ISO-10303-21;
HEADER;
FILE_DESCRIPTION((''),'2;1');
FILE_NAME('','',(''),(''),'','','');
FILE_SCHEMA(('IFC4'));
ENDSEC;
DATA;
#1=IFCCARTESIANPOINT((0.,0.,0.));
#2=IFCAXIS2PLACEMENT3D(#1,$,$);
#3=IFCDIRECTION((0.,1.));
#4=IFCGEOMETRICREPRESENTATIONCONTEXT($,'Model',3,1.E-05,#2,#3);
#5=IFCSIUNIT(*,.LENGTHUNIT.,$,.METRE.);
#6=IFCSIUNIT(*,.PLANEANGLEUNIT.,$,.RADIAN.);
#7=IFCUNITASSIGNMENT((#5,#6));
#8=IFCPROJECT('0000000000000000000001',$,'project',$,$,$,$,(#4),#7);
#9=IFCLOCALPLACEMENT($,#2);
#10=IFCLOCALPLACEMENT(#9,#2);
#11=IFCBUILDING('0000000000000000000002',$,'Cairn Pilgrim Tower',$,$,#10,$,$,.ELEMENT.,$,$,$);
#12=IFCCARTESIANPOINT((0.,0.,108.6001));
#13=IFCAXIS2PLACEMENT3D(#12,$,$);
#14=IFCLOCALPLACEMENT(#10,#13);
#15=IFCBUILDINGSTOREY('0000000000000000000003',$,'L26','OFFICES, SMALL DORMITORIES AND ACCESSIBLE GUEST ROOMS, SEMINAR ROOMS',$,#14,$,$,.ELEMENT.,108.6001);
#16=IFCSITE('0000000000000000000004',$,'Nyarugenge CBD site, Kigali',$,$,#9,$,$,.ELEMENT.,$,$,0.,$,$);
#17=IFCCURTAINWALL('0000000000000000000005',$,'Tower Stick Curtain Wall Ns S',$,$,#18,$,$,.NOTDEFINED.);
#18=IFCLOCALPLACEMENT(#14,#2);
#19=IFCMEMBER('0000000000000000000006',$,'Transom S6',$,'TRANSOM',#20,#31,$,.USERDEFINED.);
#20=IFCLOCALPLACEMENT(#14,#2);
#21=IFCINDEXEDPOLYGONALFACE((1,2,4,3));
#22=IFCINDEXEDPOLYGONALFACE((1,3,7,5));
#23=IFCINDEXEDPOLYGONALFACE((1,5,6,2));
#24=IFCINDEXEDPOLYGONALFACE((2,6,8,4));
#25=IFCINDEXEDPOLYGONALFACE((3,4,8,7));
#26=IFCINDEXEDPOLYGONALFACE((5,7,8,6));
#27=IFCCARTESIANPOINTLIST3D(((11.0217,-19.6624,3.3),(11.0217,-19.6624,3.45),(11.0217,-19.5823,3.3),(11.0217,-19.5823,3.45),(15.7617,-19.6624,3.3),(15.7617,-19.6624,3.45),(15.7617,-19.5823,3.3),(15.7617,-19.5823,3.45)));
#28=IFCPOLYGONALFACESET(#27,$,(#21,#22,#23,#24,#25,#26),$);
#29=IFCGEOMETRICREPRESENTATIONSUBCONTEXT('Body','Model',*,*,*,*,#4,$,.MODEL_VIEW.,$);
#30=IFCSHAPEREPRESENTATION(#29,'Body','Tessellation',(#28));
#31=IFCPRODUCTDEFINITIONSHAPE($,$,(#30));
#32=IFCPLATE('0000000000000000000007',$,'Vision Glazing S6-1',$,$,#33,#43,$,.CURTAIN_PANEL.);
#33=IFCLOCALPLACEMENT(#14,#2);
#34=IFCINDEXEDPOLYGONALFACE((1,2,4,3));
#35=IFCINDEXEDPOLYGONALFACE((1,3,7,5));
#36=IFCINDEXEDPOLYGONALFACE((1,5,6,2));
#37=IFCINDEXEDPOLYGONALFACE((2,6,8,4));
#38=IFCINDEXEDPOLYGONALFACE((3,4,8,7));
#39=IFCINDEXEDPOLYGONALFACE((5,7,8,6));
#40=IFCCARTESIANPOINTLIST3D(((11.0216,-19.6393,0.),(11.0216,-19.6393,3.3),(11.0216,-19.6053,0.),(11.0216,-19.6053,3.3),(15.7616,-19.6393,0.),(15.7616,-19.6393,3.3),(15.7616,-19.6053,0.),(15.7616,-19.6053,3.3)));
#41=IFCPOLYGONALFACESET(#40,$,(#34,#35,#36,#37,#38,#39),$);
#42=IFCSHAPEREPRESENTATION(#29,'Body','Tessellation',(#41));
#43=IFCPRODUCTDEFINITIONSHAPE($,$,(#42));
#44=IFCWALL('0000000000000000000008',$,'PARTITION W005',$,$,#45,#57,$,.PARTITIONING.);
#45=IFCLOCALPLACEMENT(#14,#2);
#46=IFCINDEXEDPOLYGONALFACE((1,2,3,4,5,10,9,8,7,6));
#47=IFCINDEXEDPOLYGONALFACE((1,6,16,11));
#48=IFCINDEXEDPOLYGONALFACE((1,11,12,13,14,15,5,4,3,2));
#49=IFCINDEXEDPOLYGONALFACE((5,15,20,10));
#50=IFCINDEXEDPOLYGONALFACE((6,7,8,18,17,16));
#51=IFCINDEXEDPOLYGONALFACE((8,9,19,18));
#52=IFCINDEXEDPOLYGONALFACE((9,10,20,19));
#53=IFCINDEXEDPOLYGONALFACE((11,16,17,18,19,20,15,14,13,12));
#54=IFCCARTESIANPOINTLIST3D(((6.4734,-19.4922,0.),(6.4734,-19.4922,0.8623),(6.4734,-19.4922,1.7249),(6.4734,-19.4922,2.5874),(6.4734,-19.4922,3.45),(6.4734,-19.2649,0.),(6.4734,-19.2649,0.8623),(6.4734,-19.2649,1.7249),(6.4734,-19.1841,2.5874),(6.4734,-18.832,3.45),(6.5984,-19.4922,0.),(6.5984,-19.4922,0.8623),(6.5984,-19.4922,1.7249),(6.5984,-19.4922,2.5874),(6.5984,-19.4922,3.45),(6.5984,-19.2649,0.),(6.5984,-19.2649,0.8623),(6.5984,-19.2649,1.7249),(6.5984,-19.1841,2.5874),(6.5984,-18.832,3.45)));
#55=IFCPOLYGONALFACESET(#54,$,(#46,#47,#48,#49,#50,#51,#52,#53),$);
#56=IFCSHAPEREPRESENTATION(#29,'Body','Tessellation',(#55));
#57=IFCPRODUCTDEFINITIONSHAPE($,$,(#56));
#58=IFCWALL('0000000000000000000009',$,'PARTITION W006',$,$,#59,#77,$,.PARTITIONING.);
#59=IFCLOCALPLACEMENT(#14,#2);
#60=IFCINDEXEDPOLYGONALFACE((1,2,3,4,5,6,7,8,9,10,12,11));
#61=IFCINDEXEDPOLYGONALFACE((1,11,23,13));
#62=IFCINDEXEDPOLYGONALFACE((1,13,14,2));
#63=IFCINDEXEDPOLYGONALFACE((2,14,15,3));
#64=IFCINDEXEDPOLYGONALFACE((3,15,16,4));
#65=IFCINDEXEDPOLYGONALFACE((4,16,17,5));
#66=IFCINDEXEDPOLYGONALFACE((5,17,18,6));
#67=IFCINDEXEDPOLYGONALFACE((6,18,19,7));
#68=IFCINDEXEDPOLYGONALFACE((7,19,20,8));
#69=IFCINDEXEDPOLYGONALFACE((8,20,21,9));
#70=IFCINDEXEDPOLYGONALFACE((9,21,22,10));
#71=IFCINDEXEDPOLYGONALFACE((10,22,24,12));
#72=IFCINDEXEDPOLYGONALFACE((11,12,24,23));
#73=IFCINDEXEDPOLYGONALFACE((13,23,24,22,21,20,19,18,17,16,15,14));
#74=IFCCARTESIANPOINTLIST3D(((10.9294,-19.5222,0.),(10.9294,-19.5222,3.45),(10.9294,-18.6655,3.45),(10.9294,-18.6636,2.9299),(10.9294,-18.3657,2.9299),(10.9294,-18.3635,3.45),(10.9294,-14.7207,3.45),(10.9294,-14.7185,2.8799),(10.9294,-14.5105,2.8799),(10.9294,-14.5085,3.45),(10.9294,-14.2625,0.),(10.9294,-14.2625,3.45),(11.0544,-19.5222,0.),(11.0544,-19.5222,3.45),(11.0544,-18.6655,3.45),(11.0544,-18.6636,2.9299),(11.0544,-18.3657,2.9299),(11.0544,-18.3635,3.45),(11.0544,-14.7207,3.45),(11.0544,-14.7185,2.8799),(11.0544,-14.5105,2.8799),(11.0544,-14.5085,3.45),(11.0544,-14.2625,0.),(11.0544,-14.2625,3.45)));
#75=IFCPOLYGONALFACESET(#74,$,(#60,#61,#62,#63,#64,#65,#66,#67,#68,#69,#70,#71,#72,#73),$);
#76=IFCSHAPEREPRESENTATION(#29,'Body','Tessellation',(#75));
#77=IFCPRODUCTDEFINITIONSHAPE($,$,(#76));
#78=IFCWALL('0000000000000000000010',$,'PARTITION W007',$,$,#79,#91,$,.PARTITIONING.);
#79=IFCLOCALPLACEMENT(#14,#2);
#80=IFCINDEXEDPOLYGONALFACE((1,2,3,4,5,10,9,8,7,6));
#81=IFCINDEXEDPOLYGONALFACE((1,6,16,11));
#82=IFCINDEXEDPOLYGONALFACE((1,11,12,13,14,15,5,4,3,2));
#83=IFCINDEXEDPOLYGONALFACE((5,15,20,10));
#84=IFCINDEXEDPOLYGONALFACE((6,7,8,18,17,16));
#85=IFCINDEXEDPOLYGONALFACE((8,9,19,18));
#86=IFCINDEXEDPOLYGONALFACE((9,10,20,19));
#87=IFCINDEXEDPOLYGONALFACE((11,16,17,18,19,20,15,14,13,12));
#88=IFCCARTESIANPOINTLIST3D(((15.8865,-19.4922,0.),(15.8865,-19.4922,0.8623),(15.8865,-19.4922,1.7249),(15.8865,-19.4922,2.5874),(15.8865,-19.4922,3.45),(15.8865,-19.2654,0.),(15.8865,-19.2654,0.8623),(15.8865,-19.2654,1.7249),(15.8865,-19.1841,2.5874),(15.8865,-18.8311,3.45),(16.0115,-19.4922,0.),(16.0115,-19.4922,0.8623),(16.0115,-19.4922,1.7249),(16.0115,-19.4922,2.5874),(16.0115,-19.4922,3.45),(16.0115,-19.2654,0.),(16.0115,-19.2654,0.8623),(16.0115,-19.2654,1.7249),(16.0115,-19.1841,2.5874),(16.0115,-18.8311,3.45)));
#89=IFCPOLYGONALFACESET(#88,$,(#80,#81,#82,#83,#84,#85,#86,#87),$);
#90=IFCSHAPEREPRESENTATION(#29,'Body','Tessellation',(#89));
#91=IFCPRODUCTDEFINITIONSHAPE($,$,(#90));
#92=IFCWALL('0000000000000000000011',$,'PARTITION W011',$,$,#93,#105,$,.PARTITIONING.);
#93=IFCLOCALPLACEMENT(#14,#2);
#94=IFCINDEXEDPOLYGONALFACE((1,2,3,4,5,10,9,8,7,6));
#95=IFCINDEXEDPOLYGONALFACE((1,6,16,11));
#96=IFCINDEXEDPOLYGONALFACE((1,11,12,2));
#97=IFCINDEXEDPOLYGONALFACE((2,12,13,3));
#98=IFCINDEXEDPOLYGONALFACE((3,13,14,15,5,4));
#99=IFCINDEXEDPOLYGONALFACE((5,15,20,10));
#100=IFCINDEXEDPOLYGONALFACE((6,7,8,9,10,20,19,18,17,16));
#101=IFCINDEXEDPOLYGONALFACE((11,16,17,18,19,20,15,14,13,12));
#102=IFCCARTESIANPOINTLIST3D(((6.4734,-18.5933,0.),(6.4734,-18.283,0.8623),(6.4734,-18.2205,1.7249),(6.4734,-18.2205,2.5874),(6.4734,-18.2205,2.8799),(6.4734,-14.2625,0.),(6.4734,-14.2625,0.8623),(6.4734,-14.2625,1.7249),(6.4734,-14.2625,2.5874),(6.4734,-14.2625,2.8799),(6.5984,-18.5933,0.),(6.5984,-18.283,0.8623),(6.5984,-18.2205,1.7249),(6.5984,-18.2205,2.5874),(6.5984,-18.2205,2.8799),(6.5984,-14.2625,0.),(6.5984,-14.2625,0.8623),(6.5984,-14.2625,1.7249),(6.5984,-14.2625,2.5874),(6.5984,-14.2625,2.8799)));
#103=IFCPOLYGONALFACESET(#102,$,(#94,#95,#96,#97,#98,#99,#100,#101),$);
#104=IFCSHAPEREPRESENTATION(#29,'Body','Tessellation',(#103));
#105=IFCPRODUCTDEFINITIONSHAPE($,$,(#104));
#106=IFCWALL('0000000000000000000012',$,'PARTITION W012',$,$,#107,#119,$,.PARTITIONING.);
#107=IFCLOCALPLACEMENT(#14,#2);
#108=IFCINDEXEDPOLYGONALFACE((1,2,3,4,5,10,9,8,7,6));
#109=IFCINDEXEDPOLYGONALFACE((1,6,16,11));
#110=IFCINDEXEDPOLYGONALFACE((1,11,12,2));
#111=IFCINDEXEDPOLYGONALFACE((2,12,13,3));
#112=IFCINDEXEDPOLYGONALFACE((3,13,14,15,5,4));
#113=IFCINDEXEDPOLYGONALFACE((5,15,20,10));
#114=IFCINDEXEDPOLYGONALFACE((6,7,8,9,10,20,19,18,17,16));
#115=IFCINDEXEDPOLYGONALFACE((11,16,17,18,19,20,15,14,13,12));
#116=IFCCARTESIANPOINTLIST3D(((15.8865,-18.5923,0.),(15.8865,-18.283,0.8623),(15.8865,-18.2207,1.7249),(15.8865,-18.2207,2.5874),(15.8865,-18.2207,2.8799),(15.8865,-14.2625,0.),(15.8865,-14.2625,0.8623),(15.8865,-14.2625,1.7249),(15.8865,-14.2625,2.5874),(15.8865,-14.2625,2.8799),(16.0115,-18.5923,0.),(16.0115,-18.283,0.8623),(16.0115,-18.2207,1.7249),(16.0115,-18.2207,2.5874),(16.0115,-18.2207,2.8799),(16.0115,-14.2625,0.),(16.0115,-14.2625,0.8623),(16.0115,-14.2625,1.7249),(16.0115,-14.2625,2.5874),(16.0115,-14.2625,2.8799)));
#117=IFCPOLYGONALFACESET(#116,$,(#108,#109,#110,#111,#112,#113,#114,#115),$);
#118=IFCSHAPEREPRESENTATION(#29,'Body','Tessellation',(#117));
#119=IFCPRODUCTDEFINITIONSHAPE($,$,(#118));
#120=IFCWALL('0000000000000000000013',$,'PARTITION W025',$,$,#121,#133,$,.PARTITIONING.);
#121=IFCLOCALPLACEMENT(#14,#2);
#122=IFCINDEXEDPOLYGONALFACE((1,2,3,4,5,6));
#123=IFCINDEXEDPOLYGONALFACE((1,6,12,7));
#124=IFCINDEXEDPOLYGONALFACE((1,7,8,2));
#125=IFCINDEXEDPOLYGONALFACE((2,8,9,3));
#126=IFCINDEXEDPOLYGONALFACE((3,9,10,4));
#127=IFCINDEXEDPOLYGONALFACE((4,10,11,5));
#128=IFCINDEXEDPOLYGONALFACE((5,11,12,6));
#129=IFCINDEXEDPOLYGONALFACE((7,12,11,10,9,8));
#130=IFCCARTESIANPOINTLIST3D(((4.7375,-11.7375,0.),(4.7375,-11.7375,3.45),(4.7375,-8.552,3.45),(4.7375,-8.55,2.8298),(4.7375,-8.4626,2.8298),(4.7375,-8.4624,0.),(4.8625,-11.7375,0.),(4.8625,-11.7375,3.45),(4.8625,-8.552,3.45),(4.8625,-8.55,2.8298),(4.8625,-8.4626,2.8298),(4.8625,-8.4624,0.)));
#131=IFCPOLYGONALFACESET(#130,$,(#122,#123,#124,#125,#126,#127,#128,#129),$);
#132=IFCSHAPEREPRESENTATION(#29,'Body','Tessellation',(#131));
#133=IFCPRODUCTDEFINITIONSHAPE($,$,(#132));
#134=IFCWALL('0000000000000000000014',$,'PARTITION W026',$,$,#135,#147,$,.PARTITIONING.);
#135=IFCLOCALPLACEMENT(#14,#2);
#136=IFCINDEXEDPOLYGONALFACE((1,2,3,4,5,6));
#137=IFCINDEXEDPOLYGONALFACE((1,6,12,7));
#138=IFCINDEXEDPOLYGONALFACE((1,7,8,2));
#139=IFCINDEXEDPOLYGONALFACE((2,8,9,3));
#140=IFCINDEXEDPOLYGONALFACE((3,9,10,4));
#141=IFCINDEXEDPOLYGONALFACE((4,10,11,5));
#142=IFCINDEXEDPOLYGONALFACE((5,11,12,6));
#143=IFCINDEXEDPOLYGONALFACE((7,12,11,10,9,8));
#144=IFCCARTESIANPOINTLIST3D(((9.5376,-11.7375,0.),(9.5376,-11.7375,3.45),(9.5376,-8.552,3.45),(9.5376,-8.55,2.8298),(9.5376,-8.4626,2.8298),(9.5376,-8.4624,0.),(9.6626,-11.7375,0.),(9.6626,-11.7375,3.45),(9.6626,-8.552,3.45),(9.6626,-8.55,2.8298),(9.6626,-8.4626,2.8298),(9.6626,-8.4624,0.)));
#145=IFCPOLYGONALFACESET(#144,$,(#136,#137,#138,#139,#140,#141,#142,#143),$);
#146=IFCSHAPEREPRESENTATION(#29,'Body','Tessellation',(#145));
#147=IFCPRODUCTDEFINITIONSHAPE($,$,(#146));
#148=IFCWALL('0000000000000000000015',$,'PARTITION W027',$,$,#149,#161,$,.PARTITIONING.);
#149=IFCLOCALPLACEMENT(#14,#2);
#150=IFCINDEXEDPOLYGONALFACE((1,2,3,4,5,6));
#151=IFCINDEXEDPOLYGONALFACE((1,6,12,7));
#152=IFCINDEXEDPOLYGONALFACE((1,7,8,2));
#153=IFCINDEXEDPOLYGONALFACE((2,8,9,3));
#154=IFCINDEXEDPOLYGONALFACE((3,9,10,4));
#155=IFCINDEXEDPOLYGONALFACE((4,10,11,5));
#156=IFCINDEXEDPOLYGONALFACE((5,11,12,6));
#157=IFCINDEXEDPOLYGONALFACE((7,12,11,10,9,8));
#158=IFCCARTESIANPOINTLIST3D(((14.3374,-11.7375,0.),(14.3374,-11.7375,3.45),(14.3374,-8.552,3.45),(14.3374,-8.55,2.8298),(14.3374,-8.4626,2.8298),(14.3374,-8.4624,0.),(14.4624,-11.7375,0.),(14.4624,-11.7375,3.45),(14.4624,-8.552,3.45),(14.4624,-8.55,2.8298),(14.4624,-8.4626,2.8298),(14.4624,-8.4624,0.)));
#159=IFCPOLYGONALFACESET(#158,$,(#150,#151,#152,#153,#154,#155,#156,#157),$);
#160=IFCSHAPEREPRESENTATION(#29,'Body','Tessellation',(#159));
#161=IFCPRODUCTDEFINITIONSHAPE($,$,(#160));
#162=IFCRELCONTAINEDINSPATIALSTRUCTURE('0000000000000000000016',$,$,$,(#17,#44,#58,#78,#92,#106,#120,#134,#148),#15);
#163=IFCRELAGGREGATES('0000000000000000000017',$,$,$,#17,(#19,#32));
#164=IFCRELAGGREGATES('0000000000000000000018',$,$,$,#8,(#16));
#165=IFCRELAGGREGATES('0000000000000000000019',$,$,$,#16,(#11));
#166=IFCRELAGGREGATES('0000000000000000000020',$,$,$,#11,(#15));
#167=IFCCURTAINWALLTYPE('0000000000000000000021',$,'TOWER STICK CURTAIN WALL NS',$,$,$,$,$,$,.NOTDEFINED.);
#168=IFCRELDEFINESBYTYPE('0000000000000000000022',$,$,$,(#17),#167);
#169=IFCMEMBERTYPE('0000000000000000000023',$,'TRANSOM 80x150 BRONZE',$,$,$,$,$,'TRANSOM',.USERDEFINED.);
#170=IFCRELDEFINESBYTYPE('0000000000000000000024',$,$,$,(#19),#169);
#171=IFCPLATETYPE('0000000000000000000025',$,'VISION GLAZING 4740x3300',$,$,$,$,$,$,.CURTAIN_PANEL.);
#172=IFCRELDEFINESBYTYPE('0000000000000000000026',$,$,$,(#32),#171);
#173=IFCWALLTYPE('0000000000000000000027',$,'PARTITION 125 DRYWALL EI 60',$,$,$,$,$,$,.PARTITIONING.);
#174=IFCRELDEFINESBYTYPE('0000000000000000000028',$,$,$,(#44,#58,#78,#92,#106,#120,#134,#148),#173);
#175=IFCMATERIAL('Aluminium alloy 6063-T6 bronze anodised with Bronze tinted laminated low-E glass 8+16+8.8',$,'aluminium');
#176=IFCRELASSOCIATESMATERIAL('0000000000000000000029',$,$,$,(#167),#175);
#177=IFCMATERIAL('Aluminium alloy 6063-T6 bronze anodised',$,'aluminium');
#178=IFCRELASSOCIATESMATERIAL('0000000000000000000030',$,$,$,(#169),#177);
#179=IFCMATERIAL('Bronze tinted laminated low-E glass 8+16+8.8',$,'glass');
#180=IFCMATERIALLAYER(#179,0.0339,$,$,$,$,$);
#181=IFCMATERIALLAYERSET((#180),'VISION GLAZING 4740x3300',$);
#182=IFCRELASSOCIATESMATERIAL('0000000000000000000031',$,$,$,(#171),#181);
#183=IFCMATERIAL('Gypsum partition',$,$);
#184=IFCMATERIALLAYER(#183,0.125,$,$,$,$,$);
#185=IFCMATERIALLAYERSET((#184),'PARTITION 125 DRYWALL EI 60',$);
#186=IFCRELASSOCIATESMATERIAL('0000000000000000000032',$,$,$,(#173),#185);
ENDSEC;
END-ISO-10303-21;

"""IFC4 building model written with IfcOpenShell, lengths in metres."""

from ifc_helpers import new_model, si_unit, direction, frame, origin, origin_2d, place, context, subcontext, project, spatial, polyline, rectangle, outline, extrude, material, layer, layer_set, material_profile, profile_set, type_object, element, aggregate, save


model = new_model("IFC4")

# Units and contexts
model_context = context("Model", 3, precision=1e-05, world=origin(), true_north=direction((0.0, 1.0)))
body_context = subcontext(model_context, "Body", "Model", "MODEL_VIEW")
ifc_project = project(units=[si_unit("LENGTHUNIT", "METRE"), si_unit("PLANEANGLEUNIT", "RADIAN")], contexts=[model_context])

# Site, building, storey
site_placement = place(None, origin())
site = spatial("IfcSite", under=ifc_project, at=site_placement, Name="Nyarugenge CBD site, Kigali", CompositionType="ELEMENT", RefElevation=0.0)
building_placement = place(site_placement, origin())
building = spatial("IfcBuilding", under=site, at=building_placement, Name="Cairn Pilgrim Tower", CompositionType="ELEMENT")
storey_placement = place(building_placement, frame((0.0, 0.0, 108.6001)))
storey = spatial("IfcBuildingStorey", under=building, at=storey_placement, Name="L26", Description="OFFICES, SMALL DORMITORIES AND ACCESSIBLE GUEST ROOMS, SEMINAR ROOMS", CompositionType="ELEMENT", Elevation=108.6001)

# Curtain wall
ifc_material_1 = material(Name="Aluminium alloy 6063-T6 bronze anodised with Bronze tinted laminated low-E glass 8+16+8.8", Category="aluminium")
curtain_wall_type = type_object("IfcCurtainWallType", Name="TOWER STICK CURTAIN WALL NS", PredefinedType="NOTDEFINED", material=ifc_material_1)
curtain_wall_placement = place(storey_placement, origin())
curtain_wall = element("IfcCurtainWall", 1, at=curtain_wall_placement, inside=storey, type_object=curtain_wall_type, Name="Tower Stick Curtain Wall Ns S", PredefinedType="NOTDEFINED")
ifc_material_2 = material(Name="Aluminium alloy 6063-T6 bronze anodised", Category="aluminium")

# Member
ifc_material_profile_1 = material_profile(ifc_material_2, rectangle(XDim=0.0801, YDim=0.1499, at=origin_2d()), Name="TRANSOM 80x150 BRONZE")
ifc_profile_set_1 = profile_set([ifc_material_profile_1], Name="Aluminium alloy 6063-T6 bronze anodised")
member_type_1 = type_object("IfcMemberType", Name="TRANSOM 80x150 BRONZE", ElementType="TRANSOM", PredefinedType="USERDEFINED", material=ifc_profile_set_1)
member_1_placement = place(storey_placement, frame((11.0217, -19.6223, 3.375), z_axis=(1.0, 0.0, 0.0), x_axis=(0.0, 1.0, 0.0)))
member_1 = element("IfcMember", 2, at=member_1_placement, type_object=member_type_1, Name="Transom S6", ObjectType="TRANSOM", PredefinedType="USERDEFINED", context=body_context, shape_type="SweptSolid", body=[
    extrude(rectangle(XDim=0.0801, YDim=0.1499, at=origin_2d()), origin(), (0.0, 0.0, 1.0), 4.74),
])

# Plate
ifc_material_3 = material(Name="Bronze tinted laminated low-E glass 8+16+8.8", Category="glass")
ifc_layer_1 = layer(ifc_material_3, 0.0339)
ifc_layer_set_1 = layer_set([ifc_layer_1], Name="VISION GLAZING 4740x3300")
plate_type = type_object("IfcPlateType", Name="VISION GLAZING 4740x3300", PredefinedType="CURTAIN_PANEL", material=ifc_layer_set_1)
plate_placement = place(storey_placement, frame((13.3916, -19.6223, 0.0), z_axis=(0.0, 0.0, 1.0), x_axis=(1.0, 0.0, 0.0)))
plate = element("IfcPlate", 3, at=plate_placement, type_object=plate_type, Name="Vision Glazing S6-1", PredefinedType="CURTAIN_PANEL", context=body_context, shape_type="SweptSolid", body=[
    extrude(rectangle(XDim=4.74, YDim=0.0339, at=origin_2d()), origin(), (0.0, 0.0, 1.0), 3.3),
])
aggregate(curtain_wall, [member_1, plate])

# Walls
ifc_material_4 = material(Name="Gypsum partition")
ifc_layer_2 = layer(ifc_material_4, 0.125)
ifc_layer_set_2 = layer_set([ifc_layer_2], Name="PARTITION 125 DRYWALL EI 60")
wall_type_1 = type_object("IfcWallType", Name="PARTITION 125 DRYWALL EI 60", PredefinedType="PARTITIONING", material=ifc_layer_set_2)
wall_1_placement = place(storey_placement, frame((6.5359, -19.4922, 0.0), z_axis=(0.0, 0.0, 1.0), x_axis=(0.0, 1.0, 0.0)))
element("IfcWall", 4, at=wall_1_placement, inside=storey, type_object=wall_type_1, Name="PARTITION W005", PredefinedType="PARTITIONING", context=body_context, shape_type="SweptSolid", body=[
    extrude(outline(polyline([(0.0, 0.0), (0.2273, 0.0), (0.2273, 0.8623), (0.2273, 1.7249), (0.3081, 2.5874), (0.6602, 3.45), (0.0, 3.45), (0.0, 2.5874), (0.0, 1.7249), (0.0, 0.8623), (0.0, 0.0)])), frame((0.0, 0.0625, 0.0), z_axis=(0.0, -1.0, 0.0), x_axis=(1.0, 0.0, 0.0)), (0.0, 0.0, 1.0), 0.125),
])
wall_2_placement = place(storey_placement, frame((10.9919, -19.5222, 0.0), z_axis=(0.0, 0.0, 1.0), x_axis=(0.0, 1.0, 0.0)))
element("IfcWall", 5, at=wall_2_placement, inside=storey, type_object=wall_type_1, Name="PARTITION W006", PredefinedType="PARTITIONING", context=body_context, shape_type="SweptSolid", body=[
    extrude(outline(polyline([(0.0, 0.0), (5.2598, 0.0), (5.2598, 3.45), (5.0137, 3.45), (5.0117, 2.8799), (4.8037, 2.8799), (4.8015, 3.45), (1.1587, 3.45), (1.1565, 2.9299), (0.8586, 2.9299), (0.8567, 3.45), (0.0, 3.45), (0.0, 0.0)])), frame((0.0, 0.0625, 0.0), z_axis=(0.0, -1.0, 0.0), x_axis=(1.0, 0.0, 0.0)), (0.0, 0.0, 1.0), 0.125),
])
wall_3_placement = place(storey_placement, frame((15.949, -19.4922, 0.0), z_axis=(0.0, 0.0, 1.0), x_axis=(0.0, 1.0, 0.0)))
element("IfcWall", 6, at=wall_3_placement, inside=storey, type_object=wall_type_1, Name="PARTITION W007", PredefinedType="PARTITIONING", context=body_context, shape_type="SweptSolid", body=[
    extrude(outline(polyline([(0.0, 0.0), (0.2268, 0.0), (0.2268, 0.8623), (0.2268, 1.7249), (0.3081, 2.5874), (0.6611, 3.45), (0.0, 3.45), (0.0, 2.5874), (0.0, 1.7249), (0.0, 0.8623), (0.0, 0.0)])), frame((0.0, 0.0625, 0.0), z_axis=(0.0, -1.0, 0.0), x_axis=(1.0, 0.0, 0.0)), (0.0, 0.0, 1.0), 0.125),
])
wall_4_placement = place(storey_placement, frame((6.5359, -18.5933, 0.0), z_axis=(0.0, 0.0, 1.0), x_axis=(0.0, 1.0, 0.0)))
element("IfcWall", 7, at=wall_4_placement, inside=storey, type_object=wall_type_1, Name="PARTITION W011", PredefinedType="PARTITIONING", context=body_context, shape_type="SweptSolid", body=[
    extrude(outline(polyline([(0.0, 0.0), (4.3308, 0.0), (4.3308, 0.8623), (4.3308, 1.7249), (4.3308, 2.5874), (4.3308, 2.8799), (0.3728, 2.8799), (0.3728, 2.5874), (0.3728, 1.7249), (0.3103, 0.8623), (0.0, 0.0)])), frame((0.0, 0.0625, 0.0), z_axis=(0.0, -1.0, 0.0), x_axis=(1.0, 0.0, 0.0)), (0.0, 0.0, 1.0), 0.125),
])
wall_5_placement = place(storey_placement, frame((15.949, -18.5923, 0.0), z_axis=(0.0, 0.0, 1.0), x_axis=(0.0, 1.0, 0.0)))
element("IfcWall", 8, at=wall_5_placement, inside=storey, type_object=wall_type_1, Name="PARTITION W012", PredefinedType="PARTITIONING", context=body_context, shape_type="SweptSolid", body=[
    extrude(outline(polyline([(0.0, 0.0), (4.3298, 0.0), (4.3298, 0.8623), (4.3298, 1.7249), (4.3298, 2.5874), (4.3298, 2.8799), (0.3716, 2.8799), (0.3716, 2.5874), (0.3716, 1.7249), (0.3093, 0.8623), (0.0, 0.0)])), frame((0.0, 0.0625, 0.0), z_axis=(0.0, -1.0, 0.0), x_axis=(1.0, 0.0, 0.0)), (0.0, 0.0, 1.0), 0.125),
])
for number, where, z_axis, x_axis, name in (
    (9, (4.8, -11.7375, 0.0), (0.0, 0.0, 1.0), (0.0, 1.0, 0.0), "PARTITION W025"),
    (10, (9.6001, -11.7375, 0.0), (0.0, 0.0, 1.0), (0.0, 1.0, 0.0), "PARTITION W026"),
    (11, (14.3999, -11.7375, 0.0), (0.0, 0.0, 1.0), (0.0, 1.0, 0.0), "PARTITION W027"),
):
    element("IfcWall", number, at=place(storey_placement, frame(where, z_axis=z_axis, x_axis=x_axis)), inside=storey, type_object=wall_type_1, Name=name, PredefinedType="PARTITIONING", context=body_context, shape_type="SweptSolid", body=[
        extrude(outline(polyline([(0.0, 0.0), (3.2751, 0.0), (3.2749, 2.8298), (3.1875, 2.8298), (3.1855, 3.45), (0.0, 3.45), (0.0, 0.0)])), frame((0.0, 0.0625, 0.0), z_axis=(0.0, -1.0, 0.0), x_axis=(1.0, 0.0, 0.0)), (0.0, 0.0, 1.0), 0.125),
    ])

save(model, "model.ifc")
